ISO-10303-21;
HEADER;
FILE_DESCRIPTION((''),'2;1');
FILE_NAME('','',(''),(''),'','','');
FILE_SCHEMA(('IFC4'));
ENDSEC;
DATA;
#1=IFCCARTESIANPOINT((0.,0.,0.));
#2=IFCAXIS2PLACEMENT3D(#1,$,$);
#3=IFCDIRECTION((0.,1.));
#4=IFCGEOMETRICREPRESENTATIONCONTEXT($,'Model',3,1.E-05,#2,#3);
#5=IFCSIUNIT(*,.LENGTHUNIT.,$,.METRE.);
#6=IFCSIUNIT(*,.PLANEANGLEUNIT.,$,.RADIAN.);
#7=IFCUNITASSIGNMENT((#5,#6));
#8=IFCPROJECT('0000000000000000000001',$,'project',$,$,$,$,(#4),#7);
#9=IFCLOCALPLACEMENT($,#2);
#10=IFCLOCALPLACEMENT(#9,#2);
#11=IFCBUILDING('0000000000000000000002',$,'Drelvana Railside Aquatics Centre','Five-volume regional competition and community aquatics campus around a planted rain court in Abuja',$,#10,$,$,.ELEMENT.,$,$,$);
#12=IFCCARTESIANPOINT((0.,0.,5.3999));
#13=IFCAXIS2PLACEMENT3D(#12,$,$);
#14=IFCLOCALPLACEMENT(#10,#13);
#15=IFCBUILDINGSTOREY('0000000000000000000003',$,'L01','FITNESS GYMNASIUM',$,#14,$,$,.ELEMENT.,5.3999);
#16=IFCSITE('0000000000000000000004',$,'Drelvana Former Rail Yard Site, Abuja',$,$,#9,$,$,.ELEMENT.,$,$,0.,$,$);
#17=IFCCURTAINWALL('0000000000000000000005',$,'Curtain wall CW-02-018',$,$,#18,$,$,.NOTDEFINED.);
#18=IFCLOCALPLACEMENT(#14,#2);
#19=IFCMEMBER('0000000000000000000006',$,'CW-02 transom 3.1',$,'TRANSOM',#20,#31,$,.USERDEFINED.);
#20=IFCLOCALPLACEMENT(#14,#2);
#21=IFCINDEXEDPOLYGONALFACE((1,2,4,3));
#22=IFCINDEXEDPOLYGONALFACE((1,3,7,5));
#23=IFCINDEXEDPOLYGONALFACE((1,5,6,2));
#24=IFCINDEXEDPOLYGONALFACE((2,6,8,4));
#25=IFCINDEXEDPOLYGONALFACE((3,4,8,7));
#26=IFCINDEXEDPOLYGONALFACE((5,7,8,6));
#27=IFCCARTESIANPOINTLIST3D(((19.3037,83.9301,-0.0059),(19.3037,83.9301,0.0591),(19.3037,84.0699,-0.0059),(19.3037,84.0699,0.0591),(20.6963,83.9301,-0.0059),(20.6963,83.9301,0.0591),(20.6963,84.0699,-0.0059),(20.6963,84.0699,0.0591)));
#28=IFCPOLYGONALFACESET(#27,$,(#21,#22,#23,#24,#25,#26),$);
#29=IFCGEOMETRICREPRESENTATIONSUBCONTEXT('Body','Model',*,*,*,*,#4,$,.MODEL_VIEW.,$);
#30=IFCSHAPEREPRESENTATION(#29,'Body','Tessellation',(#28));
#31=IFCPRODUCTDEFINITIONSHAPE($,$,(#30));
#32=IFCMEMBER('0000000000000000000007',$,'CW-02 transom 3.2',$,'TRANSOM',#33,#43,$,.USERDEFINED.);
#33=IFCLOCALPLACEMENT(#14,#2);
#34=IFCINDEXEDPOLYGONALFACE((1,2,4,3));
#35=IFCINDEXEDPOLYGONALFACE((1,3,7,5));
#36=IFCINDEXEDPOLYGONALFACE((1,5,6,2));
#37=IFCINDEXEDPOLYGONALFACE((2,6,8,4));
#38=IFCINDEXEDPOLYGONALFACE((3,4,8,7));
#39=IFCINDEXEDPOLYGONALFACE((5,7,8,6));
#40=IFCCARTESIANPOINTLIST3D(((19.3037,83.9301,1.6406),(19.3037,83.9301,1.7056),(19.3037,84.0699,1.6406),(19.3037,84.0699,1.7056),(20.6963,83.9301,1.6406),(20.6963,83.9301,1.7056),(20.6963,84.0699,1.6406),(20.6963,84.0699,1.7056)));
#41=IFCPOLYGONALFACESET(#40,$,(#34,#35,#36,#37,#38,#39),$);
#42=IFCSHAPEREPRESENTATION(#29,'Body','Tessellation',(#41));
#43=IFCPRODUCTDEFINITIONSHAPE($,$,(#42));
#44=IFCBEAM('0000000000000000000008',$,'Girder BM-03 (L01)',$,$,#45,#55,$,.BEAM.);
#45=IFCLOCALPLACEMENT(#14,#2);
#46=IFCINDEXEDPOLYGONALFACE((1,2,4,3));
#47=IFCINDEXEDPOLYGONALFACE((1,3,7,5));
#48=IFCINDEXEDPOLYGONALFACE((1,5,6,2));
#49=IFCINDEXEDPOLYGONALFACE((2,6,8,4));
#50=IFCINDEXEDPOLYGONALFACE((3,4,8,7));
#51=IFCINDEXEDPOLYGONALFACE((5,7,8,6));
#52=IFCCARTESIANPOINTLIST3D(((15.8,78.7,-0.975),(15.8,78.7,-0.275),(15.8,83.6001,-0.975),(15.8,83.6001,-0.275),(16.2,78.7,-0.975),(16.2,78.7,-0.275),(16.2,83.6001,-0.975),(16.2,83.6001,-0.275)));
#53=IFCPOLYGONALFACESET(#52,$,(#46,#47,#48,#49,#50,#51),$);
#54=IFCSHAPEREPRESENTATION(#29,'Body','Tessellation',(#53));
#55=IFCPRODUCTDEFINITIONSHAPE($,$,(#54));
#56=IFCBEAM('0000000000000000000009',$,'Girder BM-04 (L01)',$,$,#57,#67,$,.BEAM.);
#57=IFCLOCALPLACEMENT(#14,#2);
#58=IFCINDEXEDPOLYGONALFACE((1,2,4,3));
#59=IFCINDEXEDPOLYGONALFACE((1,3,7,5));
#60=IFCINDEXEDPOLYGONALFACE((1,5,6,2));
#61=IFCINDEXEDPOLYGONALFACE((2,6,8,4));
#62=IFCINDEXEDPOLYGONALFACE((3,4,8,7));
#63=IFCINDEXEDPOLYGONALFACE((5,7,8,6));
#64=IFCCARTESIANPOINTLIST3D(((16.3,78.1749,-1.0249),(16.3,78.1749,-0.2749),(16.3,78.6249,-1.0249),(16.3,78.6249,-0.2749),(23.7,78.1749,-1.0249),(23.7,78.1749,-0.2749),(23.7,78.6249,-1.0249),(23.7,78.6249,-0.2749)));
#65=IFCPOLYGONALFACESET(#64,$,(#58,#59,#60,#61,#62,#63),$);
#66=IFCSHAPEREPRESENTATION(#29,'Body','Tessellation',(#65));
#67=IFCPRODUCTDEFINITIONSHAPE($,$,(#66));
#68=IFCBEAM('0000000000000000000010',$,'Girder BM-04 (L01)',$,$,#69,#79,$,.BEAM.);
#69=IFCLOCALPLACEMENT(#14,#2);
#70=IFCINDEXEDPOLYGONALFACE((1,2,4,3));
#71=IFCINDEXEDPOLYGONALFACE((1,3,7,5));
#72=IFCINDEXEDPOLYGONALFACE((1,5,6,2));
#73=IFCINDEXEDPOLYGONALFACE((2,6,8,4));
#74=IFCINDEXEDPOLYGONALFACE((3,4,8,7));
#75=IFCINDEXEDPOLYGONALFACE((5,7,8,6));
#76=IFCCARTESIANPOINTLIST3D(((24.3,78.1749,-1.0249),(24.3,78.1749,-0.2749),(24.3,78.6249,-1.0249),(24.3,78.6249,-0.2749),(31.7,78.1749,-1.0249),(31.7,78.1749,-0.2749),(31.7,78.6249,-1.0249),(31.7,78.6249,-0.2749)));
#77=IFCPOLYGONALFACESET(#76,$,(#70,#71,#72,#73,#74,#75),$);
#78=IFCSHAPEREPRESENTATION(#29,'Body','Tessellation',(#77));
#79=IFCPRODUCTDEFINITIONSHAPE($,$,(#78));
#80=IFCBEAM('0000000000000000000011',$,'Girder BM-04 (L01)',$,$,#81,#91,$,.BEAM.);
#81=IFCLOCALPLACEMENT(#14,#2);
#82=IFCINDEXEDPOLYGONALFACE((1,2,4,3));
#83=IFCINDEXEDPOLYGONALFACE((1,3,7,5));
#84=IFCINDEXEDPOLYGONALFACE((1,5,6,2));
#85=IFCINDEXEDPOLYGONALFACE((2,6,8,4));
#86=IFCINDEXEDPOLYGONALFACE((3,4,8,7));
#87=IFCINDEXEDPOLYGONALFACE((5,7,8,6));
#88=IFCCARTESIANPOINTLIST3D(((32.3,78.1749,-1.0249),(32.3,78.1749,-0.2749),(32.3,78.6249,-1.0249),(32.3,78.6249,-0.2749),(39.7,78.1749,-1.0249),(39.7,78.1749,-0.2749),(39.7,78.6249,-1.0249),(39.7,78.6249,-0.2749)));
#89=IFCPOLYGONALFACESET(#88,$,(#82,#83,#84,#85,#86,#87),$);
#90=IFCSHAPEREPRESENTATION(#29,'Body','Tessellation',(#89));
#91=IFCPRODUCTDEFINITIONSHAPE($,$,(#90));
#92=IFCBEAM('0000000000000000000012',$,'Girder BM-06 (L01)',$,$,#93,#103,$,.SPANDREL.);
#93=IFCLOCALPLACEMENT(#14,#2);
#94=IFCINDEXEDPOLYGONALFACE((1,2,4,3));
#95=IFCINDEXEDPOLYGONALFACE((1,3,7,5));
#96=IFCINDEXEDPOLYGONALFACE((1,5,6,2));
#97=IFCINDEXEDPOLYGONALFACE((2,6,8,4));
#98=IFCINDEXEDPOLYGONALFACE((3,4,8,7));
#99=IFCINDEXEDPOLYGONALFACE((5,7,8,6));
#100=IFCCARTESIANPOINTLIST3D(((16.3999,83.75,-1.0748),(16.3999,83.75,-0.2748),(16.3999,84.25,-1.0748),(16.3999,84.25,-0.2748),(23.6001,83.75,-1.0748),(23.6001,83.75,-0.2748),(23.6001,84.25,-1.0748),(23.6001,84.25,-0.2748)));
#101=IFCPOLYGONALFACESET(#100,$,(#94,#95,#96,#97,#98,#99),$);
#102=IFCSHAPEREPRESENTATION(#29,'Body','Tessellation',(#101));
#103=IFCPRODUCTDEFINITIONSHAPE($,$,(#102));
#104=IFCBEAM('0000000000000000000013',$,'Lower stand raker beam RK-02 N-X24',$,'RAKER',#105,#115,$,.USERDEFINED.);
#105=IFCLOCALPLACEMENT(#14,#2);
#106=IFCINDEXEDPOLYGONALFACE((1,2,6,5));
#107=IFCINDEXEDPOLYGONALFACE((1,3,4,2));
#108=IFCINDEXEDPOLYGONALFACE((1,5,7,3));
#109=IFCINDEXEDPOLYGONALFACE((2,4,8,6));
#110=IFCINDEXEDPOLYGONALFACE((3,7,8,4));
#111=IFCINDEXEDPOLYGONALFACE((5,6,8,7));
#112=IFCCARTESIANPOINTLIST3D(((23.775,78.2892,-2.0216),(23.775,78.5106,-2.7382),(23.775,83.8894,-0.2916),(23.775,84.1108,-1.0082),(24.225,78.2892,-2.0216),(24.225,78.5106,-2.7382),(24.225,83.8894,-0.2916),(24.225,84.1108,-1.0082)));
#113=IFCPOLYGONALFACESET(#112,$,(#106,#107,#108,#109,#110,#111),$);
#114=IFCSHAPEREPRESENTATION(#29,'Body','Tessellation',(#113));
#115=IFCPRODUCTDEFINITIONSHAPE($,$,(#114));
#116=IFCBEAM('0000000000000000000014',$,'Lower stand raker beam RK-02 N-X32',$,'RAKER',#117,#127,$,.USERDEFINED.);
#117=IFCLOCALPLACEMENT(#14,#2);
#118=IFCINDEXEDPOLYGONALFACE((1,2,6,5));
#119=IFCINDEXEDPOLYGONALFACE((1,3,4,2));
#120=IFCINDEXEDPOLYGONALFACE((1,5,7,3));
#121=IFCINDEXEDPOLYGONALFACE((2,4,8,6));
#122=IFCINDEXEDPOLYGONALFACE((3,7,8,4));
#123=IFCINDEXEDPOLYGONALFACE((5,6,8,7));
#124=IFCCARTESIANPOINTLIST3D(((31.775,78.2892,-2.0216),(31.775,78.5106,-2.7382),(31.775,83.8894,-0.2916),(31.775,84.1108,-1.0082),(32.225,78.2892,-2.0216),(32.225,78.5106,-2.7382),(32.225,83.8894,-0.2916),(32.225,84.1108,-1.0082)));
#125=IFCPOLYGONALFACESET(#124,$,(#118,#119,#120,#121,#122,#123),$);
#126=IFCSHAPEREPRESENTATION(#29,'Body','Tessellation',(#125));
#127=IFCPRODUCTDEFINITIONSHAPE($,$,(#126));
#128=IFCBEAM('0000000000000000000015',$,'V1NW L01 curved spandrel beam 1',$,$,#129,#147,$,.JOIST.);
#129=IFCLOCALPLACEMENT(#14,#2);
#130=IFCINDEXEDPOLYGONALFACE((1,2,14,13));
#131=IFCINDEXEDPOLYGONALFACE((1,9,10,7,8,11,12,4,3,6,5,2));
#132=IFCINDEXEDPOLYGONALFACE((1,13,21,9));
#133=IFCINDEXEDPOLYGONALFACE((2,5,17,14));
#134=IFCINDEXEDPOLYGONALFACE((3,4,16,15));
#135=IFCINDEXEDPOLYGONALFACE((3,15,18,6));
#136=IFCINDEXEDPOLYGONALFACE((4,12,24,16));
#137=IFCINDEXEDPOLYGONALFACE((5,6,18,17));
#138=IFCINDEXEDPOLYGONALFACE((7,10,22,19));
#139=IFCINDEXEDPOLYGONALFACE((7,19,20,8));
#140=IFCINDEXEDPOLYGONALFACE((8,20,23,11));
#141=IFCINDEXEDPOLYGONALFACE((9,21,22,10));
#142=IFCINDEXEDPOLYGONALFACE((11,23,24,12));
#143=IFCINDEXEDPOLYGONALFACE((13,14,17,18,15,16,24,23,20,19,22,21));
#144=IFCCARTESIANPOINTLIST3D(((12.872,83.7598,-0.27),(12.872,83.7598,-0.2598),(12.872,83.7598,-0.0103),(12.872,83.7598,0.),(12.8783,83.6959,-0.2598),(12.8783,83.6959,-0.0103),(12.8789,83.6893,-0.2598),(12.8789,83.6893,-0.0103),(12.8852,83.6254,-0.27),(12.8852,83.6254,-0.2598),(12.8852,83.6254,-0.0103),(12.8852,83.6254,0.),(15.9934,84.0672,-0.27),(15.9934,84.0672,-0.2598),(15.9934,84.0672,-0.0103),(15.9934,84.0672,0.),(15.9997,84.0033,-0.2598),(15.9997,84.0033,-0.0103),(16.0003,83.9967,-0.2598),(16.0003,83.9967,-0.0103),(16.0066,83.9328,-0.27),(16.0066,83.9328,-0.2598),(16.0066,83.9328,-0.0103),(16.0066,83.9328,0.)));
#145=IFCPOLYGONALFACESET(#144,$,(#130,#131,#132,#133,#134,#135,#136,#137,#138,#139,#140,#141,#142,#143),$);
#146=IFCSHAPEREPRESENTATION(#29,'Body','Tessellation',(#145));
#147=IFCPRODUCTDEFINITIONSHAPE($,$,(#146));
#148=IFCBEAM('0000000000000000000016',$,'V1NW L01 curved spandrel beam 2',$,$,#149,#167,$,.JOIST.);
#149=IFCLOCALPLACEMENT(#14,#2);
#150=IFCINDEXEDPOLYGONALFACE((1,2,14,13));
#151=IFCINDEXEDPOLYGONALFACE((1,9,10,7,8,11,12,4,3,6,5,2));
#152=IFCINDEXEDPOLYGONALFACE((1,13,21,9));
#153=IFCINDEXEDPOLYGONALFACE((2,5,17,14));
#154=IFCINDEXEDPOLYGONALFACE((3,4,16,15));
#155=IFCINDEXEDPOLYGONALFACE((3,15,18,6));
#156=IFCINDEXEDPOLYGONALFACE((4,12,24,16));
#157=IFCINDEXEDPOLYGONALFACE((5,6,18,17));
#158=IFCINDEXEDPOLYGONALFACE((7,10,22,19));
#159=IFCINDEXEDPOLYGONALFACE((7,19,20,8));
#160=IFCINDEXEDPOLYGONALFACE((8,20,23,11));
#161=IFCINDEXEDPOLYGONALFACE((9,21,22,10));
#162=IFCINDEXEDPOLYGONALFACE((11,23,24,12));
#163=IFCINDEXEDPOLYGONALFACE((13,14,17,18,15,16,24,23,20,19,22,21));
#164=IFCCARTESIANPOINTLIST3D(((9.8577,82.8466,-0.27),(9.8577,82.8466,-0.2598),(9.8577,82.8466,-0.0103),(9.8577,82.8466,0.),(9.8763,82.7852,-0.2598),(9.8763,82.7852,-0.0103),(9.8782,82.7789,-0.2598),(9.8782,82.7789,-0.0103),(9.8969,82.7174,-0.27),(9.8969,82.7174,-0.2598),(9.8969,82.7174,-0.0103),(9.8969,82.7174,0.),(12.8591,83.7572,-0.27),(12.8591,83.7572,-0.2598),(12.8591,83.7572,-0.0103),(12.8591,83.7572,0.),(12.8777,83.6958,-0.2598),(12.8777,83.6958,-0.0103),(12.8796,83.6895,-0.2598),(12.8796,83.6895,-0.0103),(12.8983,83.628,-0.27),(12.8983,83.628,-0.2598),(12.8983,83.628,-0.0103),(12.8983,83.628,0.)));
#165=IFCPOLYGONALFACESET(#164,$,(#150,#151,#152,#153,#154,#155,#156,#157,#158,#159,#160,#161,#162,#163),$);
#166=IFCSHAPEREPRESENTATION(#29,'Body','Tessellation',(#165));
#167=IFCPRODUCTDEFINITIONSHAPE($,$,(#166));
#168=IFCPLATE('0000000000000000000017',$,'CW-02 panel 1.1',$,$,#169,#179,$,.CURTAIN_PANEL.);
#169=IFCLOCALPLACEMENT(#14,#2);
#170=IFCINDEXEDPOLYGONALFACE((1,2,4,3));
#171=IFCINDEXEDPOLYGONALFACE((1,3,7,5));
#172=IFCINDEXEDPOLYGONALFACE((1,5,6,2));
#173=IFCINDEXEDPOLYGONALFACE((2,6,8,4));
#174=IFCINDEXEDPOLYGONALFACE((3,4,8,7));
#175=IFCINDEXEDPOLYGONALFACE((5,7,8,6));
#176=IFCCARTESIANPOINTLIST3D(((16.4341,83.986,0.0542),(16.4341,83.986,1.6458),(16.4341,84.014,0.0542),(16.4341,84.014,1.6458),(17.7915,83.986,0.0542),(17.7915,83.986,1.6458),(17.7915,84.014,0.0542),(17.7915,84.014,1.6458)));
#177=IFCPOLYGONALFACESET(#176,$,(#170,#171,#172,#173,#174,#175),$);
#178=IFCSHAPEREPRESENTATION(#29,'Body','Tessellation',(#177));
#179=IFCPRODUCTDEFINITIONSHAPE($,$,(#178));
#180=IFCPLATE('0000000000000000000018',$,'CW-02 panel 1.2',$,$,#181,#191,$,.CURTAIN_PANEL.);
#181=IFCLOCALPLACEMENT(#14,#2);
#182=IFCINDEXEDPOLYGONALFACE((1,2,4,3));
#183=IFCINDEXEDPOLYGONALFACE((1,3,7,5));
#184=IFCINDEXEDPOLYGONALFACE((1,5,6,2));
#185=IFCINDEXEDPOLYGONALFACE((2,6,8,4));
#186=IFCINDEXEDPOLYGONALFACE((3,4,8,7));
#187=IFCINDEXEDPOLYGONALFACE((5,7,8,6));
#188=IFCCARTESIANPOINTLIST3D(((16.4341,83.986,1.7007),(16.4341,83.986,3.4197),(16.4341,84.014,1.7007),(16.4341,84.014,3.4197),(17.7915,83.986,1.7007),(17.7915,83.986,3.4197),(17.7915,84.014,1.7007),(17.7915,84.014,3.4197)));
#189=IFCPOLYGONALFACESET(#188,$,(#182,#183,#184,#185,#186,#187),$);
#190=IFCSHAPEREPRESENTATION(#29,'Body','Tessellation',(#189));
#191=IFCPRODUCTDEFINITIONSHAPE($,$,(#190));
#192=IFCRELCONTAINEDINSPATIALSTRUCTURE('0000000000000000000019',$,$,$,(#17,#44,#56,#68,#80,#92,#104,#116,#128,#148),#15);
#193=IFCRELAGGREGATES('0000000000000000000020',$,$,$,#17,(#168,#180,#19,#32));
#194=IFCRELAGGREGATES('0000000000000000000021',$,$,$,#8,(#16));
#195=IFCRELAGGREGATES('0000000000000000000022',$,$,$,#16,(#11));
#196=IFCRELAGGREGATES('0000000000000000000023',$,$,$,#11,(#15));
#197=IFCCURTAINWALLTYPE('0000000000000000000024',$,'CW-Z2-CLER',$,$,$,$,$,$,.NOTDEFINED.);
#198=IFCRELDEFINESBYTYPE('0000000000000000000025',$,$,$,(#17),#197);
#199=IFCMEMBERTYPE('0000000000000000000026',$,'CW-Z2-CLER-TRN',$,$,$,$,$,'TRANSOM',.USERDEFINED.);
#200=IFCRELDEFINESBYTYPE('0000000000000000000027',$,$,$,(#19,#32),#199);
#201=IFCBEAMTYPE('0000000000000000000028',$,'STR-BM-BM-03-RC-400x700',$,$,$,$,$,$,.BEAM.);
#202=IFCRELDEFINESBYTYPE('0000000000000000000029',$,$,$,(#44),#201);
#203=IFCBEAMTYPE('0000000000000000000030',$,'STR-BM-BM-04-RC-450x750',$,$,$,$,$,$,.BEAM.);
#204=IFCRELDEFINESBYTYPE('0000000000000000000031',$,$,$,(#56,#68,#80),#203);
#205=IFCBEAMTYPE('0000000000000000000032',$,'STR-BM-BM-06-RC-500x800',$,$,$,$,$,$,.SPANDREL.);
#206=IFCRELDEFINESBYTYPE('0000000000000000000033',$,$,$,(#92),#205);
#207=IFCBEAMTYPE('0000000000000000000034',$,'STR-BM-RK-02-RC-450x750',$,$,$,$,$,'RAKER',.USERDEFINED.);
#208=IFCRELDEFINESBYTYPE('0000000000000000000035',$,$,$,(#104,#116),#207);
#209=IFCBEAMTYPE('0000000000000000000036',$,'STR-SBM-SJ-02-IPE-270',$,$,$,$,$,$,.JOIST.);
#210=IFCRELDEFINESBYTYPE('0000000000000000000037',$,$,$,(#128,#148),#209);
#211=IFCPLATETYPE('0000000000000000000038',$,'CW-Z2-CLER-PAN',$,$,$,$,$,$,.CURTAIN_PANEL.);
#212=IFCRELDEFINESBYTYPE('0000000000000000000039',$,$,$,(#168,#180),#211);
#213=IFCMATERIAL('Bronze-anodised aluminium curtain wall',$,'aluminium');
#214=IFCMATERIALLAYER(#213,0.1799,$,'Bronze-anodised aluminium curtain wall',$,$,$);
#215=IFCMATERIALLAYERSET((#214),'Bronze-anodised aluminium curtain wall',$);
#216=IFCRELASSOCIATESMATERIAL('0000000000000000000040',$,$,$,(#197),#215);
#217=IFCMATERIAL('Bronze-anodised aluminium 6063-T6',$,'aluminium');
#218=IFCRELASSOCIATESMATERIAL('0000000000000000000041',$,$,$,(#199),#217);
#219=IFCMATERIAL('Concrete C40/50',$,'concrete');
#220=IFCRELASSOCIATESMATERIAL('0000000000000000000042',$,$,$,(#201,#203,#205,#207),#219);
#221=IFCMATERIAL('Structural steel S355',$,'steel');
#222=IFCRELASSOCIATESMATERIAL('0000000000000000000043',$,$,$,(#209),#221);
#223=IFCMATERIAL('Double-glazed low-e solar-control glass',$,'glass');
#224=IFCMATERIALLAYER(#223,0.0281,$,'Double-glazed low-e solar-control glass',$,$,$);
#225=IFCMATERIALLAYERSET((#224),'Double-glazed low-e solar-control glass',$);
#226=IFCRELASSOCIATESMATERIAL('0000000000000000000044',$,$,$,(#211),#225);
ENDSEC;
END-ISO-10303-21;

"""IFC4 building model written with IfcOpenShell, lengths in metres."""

from ifc_helpers import new_model, si_unit, direction, frame, origin, origin_2d, place, context, subcontext, project, spatial, rectangle, i_section, extrude, material, layer, layer_set, material_profile, profile_set, type_object, element, aggregate, save


model = new_model("IFC4")

# Units and contexts
model_context = context("Model", 3, precision=1e-05, world=origin(), true_north=direction((0.0, 1.0)))
body_context = subcontext(model_context, "Body", "Model", "MODEL_VIEW")
ifc_project = project(units=[si_unit("LENGTHUNIT", "METRE"), si_unit("PLANEANGLEUNIT", "RADIAN")], contexts=[model_context])

# Site, building, storey
site_placement = place(None, origin())
site = spatial("IfcSite", under=ifc_project, at=site_placement, Name="Drelvana Former Rail Yard Site, Abuja", CompositionType="ELEMENT", RefElevation=0.0)
building_placement = place(site_placement, origin())
building = spatial("IfcBuilding", under=site, at=building_placement, Name="Drelvana Railside Aquatics Centre", Description="Five-volume regional competition and community aquatics campus around a planted rain court in Abuja", CompositionType="ELEMENT")
storey_placement = place(building_placement, frame((0.0, 0.0, 5.3999)))
storey = spatial("IfcBuildingStorey", under=building, at=storey_placement, Name="L01", Description="FITNESS GYMNASIUM", CompositionType="ELEMENT", Elevation=5.3999)

# Shared definitions
ifc_material_1 = material(Name="Concrete C40/50", Category="concrete")
ifc_material_2 = material(Name="Structural steel S355", Category="steel")

# Curtain wall, members
ifc_material_3 = material(Name="Bronze-anodised aluminium curtain wall", Category="aluminium")
ifc_layer_1 = layer(ifc_material_3, 0.1799, Name="Bronze-anodised aluminium curtain wall")
ifc_layer_set_1 = layer_set([ifc_layer_1], Name="Bronze-anodised aluminium curtain wall")
curtain_wall_type = type_object("IfcCurtainWallType", Name="CW-Z2-CLER", PredefinedType="NOTDEFINED", material=ifc_layer_set_1)
curtain_wall_placement = place(storey_placement, origin())
curtain_wall = element("IfcCurtainWall", 1, at=curtain_wall_placement, inside=storey, type_object=curtain_wall_type, Name="Curtain wall CW-02-018", PredefinedType="NOTDEFINED")
ifc_material_4 = material(Name="Bronze-anodised aluminium 6063-T6", Category="aluminium")
ifc_material_profile_1 = material_profile(ifc_material_4, rectangle(XDim=0.1399, YDim=0.0649, at=origin_2d()), Name="ALU-T 65x140")
ifc_profile_set_1 = profile_set([ifc_material_profile_1], Name="Bronze-anodised aluminium 6063-T6")
member_type_1 = type_object("IfcMemberType", Name="CW-Z2-CLER-TRN", ElementType="TRANSOM", PredefinedType="USERDEFINED", material=ifc_profile_set_1)
member_1_placement = place(storey_placement, frame((19.3037, 84.0, 0.0266), z_axis=(1.0, 0.0, 0.0), x_axis=(0.0, 1.0, 0.0)))
member_1 = element("IfcMember", 2, at=member_1_placement, type_object=member_type_1, Name="CW-02 transom 3.1", ObjectType="TRANSOM", PredefinedType="USERDEFINED", context=body_context, shape_type="SweptSolid", body=[
    extrude(rectangle(XDim=0.1399, YDim=0.0649, at=origin_2d()), origin(), (0.0, 0.0, 1.0), 1.3926),
])
member_2_placement = place(storey_placement, frame((19.3037, 84.0, 1.6731), z_axis=(1.0, 0.0, 0.0), x_axis=(0.0, 1.0, 0.0)))
member_2 = element("IfcMember", 3, at=member_2_placement, type_object=member_type_1, Name="CW-02 transom 3.2", ObjectType="TRANSOM", PredefinedType="USERDEFINED", context=body_context, shape_type="SweptSolid", body=[
    extrude(rectangle(XDim=0.1399, YDim=0.0649, at=origin_2d()), origin(), (0.0, 0.0, 1.0), 1.3926),
])

# Beams
ifc_material_profile_2 = material_profile(ifc_material_1, rectangle(XDim=0.3999, YDim=0.7, at=origin_2d()), Name="RC 400x700")
ifc_profile_set_2 = profile_set([ifc_material_profile_2], Name="Concrete C40/50")
beam_type_1 = type_object("IfcBeamType", Name="STR-BM-BM-03-RC-400x700", PredefinedType="BEAM", material=ifc_profile_set_2)
beam_1_placement = place(storey_placement, frame((16.0, 78.7, -0.625), z_axis=(0.0, 1.0, 0.0), x_axis=(-1.0, 0.0, 0.0)))
element("IfcBeam", 4, at=beam_1_placement, inside=storey, type_object=beam_type_1, Name="Girder BM-03 (L01)", PredefinedType="BEAM", context=body_context, shape_type="SweptSolid", body=[
    extrude(rectangle(XDim=0.3999, YDim=0.7, at=origin_2d()), origin(), (0.0, 0.0, 1.0), 4.9001),
])
ifc_material_profile_3 = material_profile(ifc_material_1, rectangle(XDim=0.45, YDim=0.75, at=origin_2d()), Name="RC 450x750")
ifc_profile_set_3 = profile_set([ifc_material_profile_3], Name="Concrete C40/50")
beam_type_2 = type_object("IfcBeamType", Name="STR-BM-BM-04-RC-450x750", PredefinedType="BEAM", material=ifc_profile_set_3)
for number, where, z_axis, x_axis, name in (
    (5, (16.3, 78.3999, -0.6499), (1.0, 0.0, 0.0), (0.0, 1.0, 0.0), "Girder BM-04 (L01)"),
    (6, (24.3, 78.3999, -0.6499), (1.0, 0.0, 0.0), (0.0, 1.0, 0.0), "Girder BM-04 (L01)"),
    (7, (32.3, 78.3999, -0.6499), (1.0, 0.0, 0.0), (0.0, 1.0, 0.0), "Girder BM-04 (L01)"),
):
    element("IfcBeam", number, at=place(storey_placement, frame(where, z_axis=z_axis, x_axis=x_axis)), inside=storey, type_object=beam_type_2, Name=name, PredefinedType="BEAM", context=body_context, shape_type="SweptSolid", body=[
        extrude(rectangle(XDim=0.45, YDim=0.75, at=origin_2d()), origin(), (0.0, 0.0, 1.0), 7.3999),
    ])
ifc_material_profile_4 = material_profile(ifc_material_1, rectangle(XDim=0.5, YDim=0.8, at=origin_2d()), Name="RC 500x800")
ifc_profile_set_4 = profile_set([ifc_material_profile_4], Name="Concrete C40/50")
beam_type_3 = type_object("IfcBeamType", Name="STR-BM-BM-06-RC-500x800", PredefinedType="SPANDREL", material=ifc_profile_set_4)
beam_2_placement = place(storey_placement, frame((16.3999, 84.0, -0.6748), z_axis=(1.0, 0.0, 0.0), x_axis=(0.0, 1.0, 0.0)))
element("IfcBeam", 8, at=beam_2_placement, inside=storey, type_object=beam_type_3, Name="Girder BM-06 (L01)", PredefinedType="SPANDREL", context=body_context, shape_type="SweptSolid", body=[
    extrude(rectangle(XDim=0.5, YDim=0.8, at=origin_2d()), origin(), (0.0, 0.0, 1.0), 7.2002),
])
ifc_material_profile_5 = material_profile(ifc_material_1, rectangle(XDim=0.45, YDim=0.75, at=origin_2d()), Name="RC 450x750")
ifc_profile_set_5 = profile_set([ifc_material_profile_5], Name="Concrete C40/50")
beam_type_4 = type_object("IfcBeamType", Name="STR-BM-RK-02-RC-450x750", ElementType="RAKER", PredefinedType="USERDEFINED", material=ifc_profile_set_5)
for number, where, z_axis, x_axis, name in (
    (9, (24.0, 78.3999, -2.3799), (0.0, 0.955449, 0.295157), (-1.0, 0.0, 0.0), "Lower stand raker beam RK-02 N-X24"),
    (10, (32.0, 78.3999, -2.3799), (0.0, 0.955449, 0.295157), (-1.0, 0.0, 0.0), "Lower stand raker beam RK-02 N-X32"),
):
    element("IfcBeam", number, at=place(storey_placement, frame(where, z_axis=z_axis, x_axis=x_axis)), inside=storey, type_object=beam_type_4, Name=name, ObjectType="RAKER", PredefinedType="USERDEFINED", context=body_context, shape_type="SweptSolid", body=[
        extrude(rectangle(XDim=0.45, YDim=0.75, at=origin_2d()), origin(), (0.0, 0.0, 1.0), 5.8613),
    ])
ifc_material_profile_6 = material_profile(ifc_material_2, i_section(OverallWidth=0.135, OverallDepth=0.27, WebThickness=0.0066, FlangeThickness=0.0103, at=origin_2d()), Name="IPE 270")
ifc_profile_set_6 = profile_set([ifc_material_profile_6], Name="Structural steel S355")
beam_type_5 = type_object("IfcBeamType", Name="STR-SBM-SJ-02-IPE-270", PredefinedType="JOIST", material=ifc_profile_set_6)
for number, where, z_axis, x_axis, name in (
    (11, (16.0, 84.0, -0.135), (-0.995186, -0.098001, 0.0), (0.098001, -0.995186, 0.0), "V1NW L01 curved spandrel beam 1"),
    (12, (12.8787, 83.6926, -0.135), (-0.956926, -0.290331, 0.0), (0.290331, -0.956926, 0.0), "V1NW L01 curved spandrel beam 2"),
):
    element("IfcBeam", number, at=place(storey_placement, frame(where, z_axis=z_axis, x_axis=x_axis)), inside=storey, type_object=beam_type_5, Name=name, PredefinedType="JOIST", context=body_context, shape_type="SweptSolid", body=[
        extrude(i_section(OverallWidth=0.135, OverallDepth=0.27, WebThickness=0.0066, FlangeThickness=0.0103, at=origin_2d()), origin(), (0.0, 0.0, 1.0), 3.1365),
    ])

# Plates
ifc_material_5 = material(Name="Double-glazed low-e solar-control glass", Category="glass")
ifc_layer_2 = layer(ifc_material_5, 0.0281, Name="Double-glazed low-e solar-control glass")
ifc_layer_set_2 = layer_set([ifc_layer_2], Name="Double-glazed low-e solar-control glass")
plate_type = type_object("IfcPlateType", Name="CW-Z2-CLER-PAN", PredefinedType="CURTAIN_PANEL", material=ifc_layer_set_2)
plate_1_placement = place(storey_placement, frame((17.1128, 84.0, 0.0542), z_axis=(0.0, 0.0, 1.0), x_axis=(1.0, 0.0, 0.0)))
plate_1 = element("IfcPlate", 13, at=plate_1_placement, type_object=plate_type, Name="CW-02 panel 1.1", PredefinedType="CURTAIN_PANEL", context=body_context, shape_type="SweptSolid", body=[
    extrude(rectangle(XDim=1.3574, YDim=0.0281, at=origin_2d()), origin(), (0.0, 0.0, 1.0), 1.5916),
])
plate_2_placement = place(storey_placement, frame((17.1128, 84.0, 1.7007), z_axis=(0.0, 0.0, 1.0), x_axis=(1.0, 0.0, 0.0)))
plate_2 = element("IfcPlate", 14, at=plate_2_placement, type_object=plate_type, Name="CW-02 panel 1.2", PredefinedType="CURTAIN_PANEL", context=body_context, shape_type="SweptSolid", body=[
    extrude(rectangle(XDim=1.3574, YDim=0.0281, at=origin_2d()), origin(), (0.0, 0.0, 1.0), 1.719),
])
aggregate(curtain_wall, [plate_1, plate_2, member_1, member_2])

save(model, "model.ifc")
